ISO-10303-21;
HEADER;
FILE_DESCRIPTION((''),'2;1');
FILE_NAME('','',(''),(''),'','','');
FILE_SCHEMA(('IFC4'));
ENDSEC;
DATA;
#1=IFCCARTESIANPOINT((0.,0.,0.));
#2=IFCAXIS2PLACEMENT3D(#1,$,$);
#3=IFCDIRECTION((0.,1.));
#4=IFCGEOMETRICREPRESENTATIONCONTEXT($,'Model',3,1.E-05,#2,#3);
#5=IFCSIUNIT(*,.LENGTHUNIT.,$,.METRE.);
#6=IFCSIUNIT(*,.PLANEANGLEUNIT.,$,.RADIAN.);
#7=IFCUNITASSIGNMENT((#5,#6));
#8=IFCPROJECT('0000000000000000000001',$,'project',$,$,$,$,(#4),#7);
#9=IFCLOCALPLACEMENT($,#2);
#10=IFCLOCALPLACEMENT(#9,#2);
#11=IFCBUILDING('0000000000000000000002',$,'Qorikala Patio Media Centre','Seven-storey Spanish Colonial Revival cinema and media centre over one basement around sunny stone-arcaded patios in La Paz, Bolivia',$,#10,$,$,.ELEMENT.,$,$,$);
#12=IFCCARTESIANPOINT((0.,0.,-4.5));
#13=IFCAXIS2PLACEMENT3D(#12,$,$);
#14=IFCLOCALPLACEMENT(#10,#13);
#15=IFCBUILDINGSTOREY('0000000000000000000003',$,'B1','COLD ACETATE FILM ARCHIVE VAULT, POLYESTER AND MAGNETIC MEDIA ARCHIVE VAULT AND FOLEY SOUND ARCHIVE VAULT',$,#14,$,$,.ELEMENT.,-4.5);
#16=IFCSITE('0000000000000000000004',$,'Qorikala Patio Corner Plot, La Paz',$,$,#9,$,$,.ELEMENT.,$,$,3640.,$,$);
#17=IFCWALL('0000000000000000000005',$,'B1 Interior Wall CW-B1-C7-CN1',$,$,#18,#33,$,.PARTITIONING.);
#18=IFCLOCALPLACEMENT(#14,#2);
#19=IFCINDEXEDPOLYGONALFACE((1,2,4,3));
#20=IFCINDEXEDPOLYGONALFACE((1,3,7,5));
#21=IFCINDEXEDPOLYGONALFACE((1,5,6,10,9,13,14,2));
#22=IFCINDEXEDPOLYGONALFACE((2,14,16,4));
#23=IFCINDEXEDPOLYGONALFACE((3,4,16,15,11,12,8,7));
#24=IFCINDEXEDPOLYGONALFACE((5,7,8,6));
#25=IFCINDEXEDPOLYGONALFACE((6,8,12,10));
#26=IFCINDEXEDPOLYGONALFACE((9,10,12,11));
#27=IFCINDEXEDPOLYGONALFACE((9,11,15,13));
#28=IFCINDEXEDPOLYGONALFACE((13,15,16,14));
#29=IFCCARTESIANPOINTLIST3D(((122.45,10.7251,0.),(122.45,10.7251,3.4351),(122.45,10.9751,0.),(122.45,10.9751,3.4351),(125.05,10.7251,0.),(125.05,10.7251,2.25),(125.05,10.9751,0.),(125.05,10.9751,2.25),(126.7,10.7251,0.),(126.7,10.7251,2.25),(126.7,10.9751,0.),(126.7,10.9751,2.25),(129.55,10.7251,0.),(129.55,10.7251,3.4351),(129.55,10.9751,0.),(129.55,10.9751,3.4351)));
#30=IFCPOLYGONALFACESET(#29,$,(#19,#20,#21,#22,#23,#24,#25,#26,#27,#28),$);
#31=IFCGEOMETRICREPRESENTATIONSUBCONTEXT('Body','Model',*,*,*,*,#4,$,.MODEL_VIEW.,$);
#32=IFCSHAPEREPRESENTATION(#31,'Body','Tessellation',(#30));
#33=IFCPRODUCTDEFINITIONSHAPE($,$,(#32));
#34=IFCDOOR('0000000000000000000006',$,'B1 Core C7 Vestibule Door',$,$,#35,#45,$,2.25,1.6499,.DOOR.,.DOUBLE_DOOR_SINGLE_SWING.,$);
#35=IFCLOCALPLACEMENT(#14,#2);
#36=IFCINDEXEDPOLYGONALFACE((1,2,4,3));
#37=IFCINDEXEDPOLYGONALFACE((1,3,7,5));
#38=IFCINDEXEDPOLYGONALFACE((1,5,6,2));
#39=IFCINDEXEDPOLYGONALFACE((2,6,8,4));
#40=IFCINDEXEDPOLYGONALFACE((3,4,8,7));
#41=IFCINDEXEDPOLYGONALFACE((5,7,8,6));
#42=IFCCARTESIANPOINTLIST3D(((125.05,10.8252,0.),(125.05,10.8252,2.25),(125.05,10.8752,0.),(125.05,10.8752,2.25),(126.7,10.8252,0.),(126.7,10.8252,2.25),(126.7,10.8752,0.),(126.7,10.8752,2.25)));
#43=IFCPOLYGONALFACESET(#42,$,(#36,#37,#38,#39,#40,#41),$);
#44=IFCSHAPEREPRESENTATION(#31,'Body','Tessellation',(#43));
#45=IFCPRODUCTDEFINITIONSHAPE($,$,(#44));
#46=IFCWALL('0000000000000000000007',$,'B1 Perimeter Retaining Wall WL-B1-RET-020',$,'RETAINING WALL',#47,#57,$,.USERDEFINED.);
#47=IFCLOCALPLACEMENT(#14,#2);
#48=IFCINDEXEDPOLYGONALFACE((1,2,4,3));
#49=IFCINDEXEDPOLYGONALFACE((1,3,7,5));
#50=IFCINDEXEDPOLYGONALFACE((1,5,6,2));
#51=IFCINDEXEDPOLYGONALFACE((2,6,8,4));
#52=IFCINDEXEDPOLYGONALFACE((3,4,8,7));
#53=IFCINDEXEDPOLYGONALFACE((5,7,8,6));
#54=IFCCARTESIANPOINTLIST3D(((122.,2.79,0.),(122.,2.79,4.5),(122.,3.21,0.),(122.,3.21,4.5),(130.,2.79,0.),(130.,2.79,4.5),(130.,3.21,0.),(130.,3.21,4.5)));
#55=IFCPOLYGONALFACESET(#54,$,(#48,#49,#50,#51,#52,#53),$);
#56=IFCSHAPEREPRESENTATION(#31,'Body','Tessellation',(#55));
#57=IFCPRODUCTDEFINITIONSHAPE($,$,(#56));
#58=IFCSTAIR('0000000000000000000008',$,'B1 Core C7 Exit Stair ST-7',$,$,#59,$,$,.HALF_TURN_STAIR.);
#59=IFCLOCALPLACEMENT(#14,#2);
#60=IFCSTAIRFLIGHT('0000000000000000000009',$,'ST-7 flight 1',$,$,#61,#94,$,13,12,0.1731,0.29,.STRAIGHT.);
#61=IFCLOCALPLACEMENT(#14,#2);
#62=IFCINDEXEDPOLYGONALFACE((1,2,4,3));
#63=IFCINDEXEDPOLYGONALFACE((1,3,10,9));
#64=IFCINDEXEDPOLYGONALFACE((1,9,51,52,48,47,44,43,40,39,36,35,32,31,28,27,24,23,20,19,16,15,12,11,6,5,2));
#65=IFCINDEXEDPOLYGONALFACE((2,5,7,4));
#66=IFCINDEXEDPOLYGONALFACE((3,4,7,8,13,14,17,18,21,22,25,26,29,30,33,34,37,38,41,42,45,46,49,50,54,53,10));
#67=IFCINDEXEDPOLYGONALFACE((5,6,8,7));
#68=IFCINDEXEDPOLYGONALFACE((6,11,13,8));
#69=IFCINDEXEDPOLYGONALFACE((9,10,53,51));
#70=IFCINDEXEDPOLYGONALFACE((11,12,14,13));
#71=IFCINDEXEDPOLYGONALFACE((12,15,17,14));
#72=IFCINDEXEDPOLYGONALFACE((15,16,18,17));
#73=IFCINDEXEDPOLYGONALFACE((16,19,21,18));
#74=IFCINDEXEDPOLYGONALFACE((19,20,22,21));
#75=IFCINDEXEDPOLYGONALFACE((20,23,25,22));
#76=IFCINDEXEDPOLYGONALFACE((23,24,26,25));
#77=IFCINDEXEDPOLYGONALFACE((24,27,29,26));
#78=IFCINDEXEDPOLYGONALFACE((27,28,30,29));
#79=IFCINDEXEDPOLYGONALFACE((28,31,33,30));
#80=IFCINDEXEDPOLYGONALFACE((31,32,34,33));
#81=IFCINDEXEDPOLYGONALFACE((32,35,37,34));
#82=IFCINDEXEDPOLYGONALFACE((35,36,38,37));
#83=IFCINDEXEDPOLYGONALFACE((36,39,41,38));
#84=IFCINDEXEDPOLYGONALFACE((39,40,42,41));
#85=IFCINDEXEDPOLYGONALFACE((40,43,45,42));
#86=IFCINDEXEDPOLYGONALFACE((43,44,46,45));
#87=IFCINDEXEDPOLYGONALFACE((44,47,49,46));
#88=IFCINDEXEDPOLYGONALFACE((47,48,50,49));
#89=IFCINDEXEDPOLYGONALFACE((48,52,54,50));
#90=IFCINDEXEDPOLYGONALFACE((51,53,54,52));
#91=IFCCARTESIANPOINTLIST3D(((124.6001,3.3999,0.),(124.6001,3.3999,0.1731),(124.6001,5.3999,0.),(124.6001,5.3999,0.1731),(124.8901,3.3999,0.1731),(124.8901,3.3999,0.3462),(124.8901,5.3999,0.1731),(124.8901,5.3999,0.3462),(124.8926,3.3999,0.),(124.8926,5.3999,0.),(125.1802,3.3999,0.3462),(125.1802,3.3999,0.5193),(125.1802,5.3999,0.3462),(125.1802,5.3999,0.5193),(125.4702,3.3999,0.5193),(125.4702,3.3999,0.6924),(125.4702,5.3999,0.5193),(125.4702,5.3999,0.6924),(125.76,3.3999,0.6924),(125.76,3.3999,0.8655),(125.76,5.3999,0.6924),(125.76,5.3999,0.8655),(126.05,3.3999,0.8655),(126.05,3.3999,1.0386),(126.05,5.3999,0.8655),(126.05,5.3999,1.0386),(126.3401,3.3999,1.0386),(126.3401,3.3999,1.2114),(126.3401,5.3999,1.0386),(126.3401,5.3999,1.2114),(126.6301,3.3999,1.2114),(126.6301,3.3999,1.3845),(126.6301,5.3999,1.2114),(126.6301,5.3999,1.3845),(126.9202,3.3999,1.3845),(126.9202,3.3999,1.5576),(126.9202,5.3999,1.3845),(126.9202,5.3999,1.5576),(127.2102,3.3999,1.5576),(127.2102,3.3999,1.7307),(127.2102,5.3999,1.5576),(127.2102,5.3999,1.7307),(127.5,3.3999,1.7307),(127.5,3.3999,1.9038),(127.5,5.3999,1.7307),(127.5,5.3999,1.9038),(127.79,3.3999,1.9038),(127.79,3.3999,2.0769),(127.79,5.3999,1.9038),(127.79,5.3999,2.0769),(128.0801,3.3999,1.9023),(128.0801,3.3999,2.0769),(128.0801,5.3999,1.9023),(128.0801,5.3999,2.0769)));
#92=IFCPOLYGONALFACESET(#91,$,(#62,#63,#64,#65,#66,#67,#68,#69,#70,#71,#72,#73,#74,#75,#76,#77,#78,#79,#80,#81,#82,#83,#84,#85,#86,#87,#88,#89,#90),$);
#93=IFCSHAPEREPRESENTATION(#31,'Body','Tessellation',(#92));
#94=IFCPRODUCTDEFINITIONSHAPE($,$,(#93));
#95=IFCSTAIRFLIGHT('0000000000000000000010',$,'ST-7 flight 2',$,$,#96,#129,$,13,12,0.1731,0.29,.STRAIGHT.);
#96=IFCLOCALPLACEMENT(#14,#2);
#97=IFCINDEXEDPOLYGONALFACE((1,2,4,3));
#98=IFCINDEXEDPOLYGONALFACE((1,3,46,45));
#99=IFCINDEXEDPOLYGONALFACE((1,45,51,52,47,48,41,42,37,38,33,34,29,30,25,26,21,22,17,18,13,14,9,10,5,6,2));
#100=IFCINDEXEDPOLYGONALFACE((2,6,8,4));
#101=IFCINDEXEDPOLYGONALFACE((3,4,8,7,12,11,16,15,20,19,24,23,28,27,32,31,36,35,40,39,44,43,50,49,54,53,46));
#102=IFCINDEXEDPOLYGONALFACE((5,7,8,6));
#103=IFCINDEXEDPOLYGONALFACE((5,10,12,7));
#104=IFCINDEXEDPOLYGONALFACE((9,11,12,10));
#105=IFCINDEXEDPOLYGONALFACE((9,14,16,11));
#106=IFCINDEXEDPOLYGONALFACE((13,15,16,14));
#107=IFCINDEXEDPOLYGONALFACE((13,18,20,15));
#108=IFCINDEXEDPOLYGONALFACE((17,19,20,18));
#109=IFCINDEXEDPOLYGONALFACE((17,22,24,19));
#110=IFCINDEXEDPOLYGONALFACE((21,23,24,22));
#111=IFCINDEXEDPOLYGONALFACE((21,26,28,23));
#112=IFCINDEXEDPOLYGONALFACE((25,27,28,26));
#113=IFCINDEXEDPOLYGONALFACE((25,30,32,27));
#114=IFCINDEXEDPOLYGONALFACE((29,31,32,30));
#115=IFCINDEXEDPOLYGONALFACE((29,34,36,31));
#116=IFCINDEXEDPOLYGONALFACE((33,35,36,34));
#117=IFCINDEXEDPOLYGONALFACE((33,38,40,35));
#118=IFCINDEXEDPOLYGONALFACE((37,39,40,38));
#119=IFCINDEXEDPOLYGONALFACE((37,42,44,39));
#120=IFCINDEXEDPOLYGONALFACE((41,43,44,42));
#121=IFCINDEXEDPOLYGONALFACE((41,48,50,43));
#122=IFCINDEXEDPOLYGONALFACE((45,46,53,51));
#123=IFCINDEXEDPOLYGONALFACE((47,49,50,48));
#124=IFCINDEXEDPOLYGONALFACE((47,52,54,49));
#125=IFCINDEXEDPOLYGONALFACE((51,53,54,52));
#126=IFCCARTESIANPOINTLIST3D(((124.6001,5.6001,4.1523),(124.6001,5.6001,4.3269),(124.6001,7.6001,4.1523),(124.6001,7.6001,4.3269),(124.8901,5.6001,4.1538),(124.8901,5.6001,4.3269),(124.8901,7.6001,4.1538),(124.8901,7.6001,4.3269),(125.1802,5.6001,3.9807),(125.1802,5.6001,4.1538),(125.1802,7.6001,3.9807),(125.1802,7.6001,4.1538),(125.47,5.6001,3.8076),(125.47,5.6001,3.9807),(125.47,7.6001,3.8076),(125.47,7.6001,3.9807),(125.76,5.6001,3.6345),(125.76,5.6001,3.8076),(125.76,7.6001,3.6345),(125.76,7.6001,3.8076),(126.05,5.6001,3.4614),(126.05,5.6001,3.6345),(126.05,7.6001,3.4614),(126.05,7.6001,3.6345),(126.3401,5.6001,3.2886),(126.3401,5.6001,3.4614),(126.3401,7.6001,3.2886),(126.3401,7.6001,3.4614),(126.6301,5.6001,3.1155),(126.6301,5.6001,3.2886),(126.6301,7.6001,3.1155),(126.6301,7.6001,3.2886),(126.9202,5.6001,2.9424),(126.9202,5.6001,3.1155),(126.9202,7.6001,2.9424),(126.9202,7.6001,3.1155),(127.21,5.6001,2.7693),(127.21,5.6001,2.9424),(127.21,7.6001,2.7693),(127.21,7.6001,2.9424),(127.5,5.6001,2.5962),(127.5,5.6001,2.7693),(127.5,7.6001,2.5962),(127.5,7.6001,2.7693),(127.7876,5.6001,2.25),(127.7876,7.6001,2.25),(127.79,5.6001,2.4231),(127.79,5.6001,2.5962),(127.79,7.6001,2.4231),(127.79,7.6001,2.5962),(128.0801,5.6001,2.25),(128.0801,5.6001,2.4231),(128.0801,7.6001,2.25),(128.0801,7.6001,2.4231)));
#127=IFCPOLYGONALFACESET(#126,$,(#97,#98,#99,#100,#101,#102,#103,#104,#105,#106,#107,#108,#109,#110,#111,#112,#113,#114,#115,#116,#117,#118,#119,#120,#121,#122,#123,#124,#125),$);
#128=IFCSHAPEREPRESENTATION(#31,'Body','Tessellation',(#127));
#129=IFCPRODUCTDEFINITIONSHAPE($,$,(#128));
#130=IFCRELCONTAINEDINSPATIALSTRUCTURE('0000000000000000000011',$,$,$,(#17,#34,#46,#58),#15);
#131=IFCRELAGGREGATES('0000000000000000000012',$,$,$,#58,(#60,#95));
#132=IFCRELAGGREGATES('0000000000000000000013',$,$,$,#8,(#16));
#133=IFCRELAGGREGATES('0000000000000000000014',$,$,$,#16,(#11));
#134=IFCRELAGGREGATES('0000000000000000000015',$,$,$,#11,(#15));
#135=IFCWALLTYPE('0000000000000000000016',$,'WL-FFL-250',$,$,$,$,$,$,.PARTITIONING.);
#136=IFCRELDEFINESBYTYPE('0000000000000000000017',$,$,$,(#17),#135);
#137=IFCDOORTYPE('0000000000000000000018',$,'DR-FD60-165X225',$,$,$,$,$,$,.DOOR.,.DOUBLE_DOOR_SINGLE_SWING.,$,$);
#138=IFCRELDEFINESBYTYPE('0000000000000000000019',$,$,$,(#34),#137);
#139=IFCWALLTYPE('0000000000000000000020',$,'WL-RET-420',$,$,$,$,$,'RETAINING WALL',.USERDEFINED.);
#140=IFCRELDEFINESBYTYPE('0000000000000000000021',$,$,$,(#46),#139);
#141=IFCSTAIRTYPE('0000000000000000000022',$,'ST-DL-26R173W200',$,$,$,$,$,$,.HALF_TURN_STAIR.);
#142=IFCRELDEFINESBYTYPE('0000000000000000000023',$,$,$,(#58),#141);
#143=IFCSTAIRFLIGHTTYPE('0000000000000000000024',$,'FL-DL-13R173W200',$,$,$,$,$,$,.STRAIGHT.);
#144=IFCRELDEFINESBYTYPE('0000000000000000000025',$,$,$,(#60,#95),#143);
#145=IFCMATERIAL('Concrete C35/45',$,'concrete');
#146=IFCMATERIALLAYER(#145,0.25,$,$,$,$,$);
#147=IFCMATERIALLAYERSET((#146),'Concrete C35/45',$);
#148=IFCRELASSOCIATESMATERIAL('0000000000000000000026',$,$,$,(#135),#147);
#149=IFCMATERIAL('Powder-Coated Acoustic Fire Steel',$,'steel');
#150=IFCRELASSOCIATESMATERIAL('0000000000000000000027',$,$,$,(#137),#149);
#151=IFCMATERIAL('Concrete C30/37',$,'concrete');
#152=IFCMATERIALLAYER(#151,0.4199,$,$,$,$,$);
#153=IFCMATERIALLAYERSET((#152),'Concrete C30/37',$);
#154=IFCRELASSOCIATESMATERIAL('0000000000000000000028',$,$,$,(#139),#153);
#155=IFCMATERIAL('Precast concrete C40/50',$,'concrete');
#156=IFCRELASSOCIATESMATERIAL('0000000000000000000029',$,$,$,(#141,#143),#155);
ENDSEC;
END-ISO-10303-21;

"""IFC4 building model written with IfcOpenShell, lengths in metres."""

from ifc_helpers import new_model, si_unit, direction, frame, frame_2d, origin, place, context, subcontext, project, spatial, polyline, rectangle, outline, extrude, material, layer, layer_set, type_object, element, fill, aggregate, save


model = new_model("IFC4")

# Units and contexts
model_context = context("Model", 3, precision=1e-05, world=origin(), true_north=direction((0.0, 1.0)))
body_context = subcontext(model_context, "Body", "Model", "MODEL_VIEW")
ifc_project = project(units=[si_unit("LENGTHUNIT", "METRE"), si_unit("PLANEANGLEUNIT", "RADIAN")], contexts=[model_context])

# Site, building, storey
site_placement = place(None, origin())
site = spatial("IfcSite", under=ifc_project, at=site_placement, Name="Qorikala Patio Corner Plot, La Paz", CompositionType="ELEMENT", RefElevation=3640.0)
building_placement = place(site_placement, origin())
building = spatial("IfcBuilding", under=site, at=building_placement, Name="Qorikala Patio Media Centre", Description="Seven-storey Spanish Colonial Revival cinema and media centre over one basement around sunny stone-arcaded patios in La Paz, Bolivia", CompositionType="ELEMENT")
storey_placement = place(building_placement, frame((0.0, 0.0, -4.5)))
storey = spatial("IfcBuildingStorey", under=building, at=storey_placement, Name="B1", Description="COLD ACETATE FILM ARCHIVE VAULT, POLYESTER AND MAGNETIC MEDIA ARCHIVE VAULT AND FOLEY SOUND ARCHIVE VAULT", CompositionType="ELEMENT", Elevation=-4.5)

# Shared definitions
ifc_material_1 = material(Name="Concrete C30/37", Category="concrete")

# Shared definitions
ifc_material_2 = material(Name="Concrete C35/45", Category="concrete")

# Wall, opening, door
ifc_material_3 = material(Name="Powder-Coated Acoustic Fire Steel", Category="steel")
ifc_layer_1 = layer(ifc_material_2, 0.25)
ifc_layer_set_1 = layer_set([ifc_layer_1], Name="Concrete C35/45")
wall_type_1 = type_object("IfcWallType", Name="WL-FFL-250", PredefinedType="PARTITIONING", material=ifc_layer_set_1)
wall_1_placement = place(storey_placement, frame((122.45, 10.8501, 0.0), z_axis=(0.0, 0.0, 1.0), x_axis=(1.0, 0.0, 0.0)))
wall_1 = element("IfcWall", 1, at=wall_1_placement, inside=storey, type_object=wall_type_1, Name="B1 Interior Wall CW-B1-C7-CN1", PredefinedType="PARTITIONING", context=body_context, shape_type="SweptSolid", body=[
    extrude(rectangle(XDim=7.1001, YDim=0.25, at=frame_2d((3.55, 0.0))), origin(), (0.0, 0.0, 1.0), 3.4351),
])
opening_1_placement = place(wall_1_placement, frame((2.6001, 0.0, 0.0)))
opening_1 = element("IfcOpeningElement", 2, at=opening_1_placement, cuts=wall_1, PredefinedType="OPENING", context=body_context, shape_type="SweptSolid", body=[
    extrude(rectangle(XDim=1.6499, YDim=2.25, at=frame_2d((0.825, 1.125))), frame((0.0, 0.135, 0.0), z_axis=(0.0, -1.0, 0.0), x_axis=(1.0, 0.0, 0.0)), (0.0, 0.0, 1.0), 0.27),
])
door_type_1 = type_object("IfcDoorType", Name="DR-FD60-165X225", OperationType="DOUBLE_DOOR_SINGLE_SWING", PredefinedType="DOOR", material=ifc_material_3)
door_1_placement = place(opening_1_placement, frame((1.6499, 0.0, 0.0), z_axis=(0.0, 0.0, 1.0), x_axis=(-1.0, 0.0, 0.0)))
door_1 = element("IfcDoor", 3, at=door_1_placement, inside=storey, type_object=door_type_1, Name="B1 Core C7 Vestibule Door", OperationType="DOUBLE_DOOR_SINGLE_SWING", OverallHeight=2.25, OverallWidth=1.6499, PredefinedType="DOOR", context=body_context, shape_type="SweptSolid", body=[
    extrude(rectangle(XDim=1.6499, YDim=2.25, at=frame_2d((0.825, 1.125))), frame((0.0, 0.0249, 0.0), z_axis=(0.0, -1.0, 0.0), x_axis=(1.0, 0.0, 0.0)), (0.0, 0.0, 1.0), 0.05),
])
fill(opening_1, door_1)

# Wall
ifc_layer_2 = layer(ifc_material_1, 0.4199)
ifc_layer_set_2 = layer_set([ifc_layer_2], Name="Concrete C30/37")
wall_type_2 = type_object("IfcWallType", Name="WL-RET-420", ElementType="RETAINING WALL", PredefinedType="USERDEFINED", material=ifc_layer_set_2)
wall_2_placement = place(storey_placement, frame((130.0, 3.0, 0.0), z_axis=(0.0, 0.0, 1.0), x_axis=(-1.0, 0.0, 0.0)))
element("IfcWall", 4, at=wall_2_placement, inside=storey, type_object=wall_type_2, Name="B1 Perimeter Retaining Wall WL-B1-RET-020", ObjectType="RETAINING WALL", PredefinedType="USERDEFINED", context=body_context, shape_type="SweptSolid", body=[
    extrude(rectangle(XDim=8.0, YDim=0.4199, at=frame_2d((4.0, 0.0))), origin(), (0.0, 0.0, 1.0), 4.5),
])

# Stair, stair flights
ifc_material_4 = material(Name="Precast concrete C40/50", Category="concrete")
stair_type = type_object("IfcStairType", Name="ST-DL-26R173W200", PredefinedType="HALF_TURN_STAIR", material=ifc_material_4)
stair_placement = place(storey_placement, origin())
stair = element("IfcStair", 5, at=stair_placement, inside=storey, type_object=stair_type, Name="B1 Core C7 Exit Stair ST-7", PredefinedType="HALF_TURN_STAIR")
stair_flight_type = type_object("IfcStairFlightType", Name="FL-DL-13R173W200", PredefinedType="STRAIGHT", material=ifc_material_4)
stair_flight_1_placement = place(storey_placement, frame((124.6001, 4.3999, 0.0), z_axis=(0.0, 0.0, 1.0), x_axis=(1.0, 0.0, 0.0)))
stair_flight_1 = element("IfcStairFlight", 6, at=stair_flight_1_placement, type_object=stair_flight_type, Name="ST-7 flight 1", NumberOfRisers=13, NumberOfTreads=12, PredefinedType="STRAIGHT", RiserHeight=0.1731, TreadLength=0.29, context=body_context, shape_type="SweptSolid", body=[
    extrude(outline(polyline([(0.0, 0.0), (0.0, 0.1731), (0.29, 0.1731), (0.29, 0.3462), (0.5801, 0.3462), (0.5801, 0.5193), (0.8701, 0.5193), (0.8701, 0.6924), (1.1599, 0.6924), (1.1599, 0.8655), (1.45, 0.8655), (1.45, 1.0386), (1.74, 1.0386), (1.74, 1.2114), (2.03, 1.2114), (2.03, 1.3845), (2.3201, 1.3845), (2.3201, 1.5576), (2.6101, 1.5576), (2.6101, 1.7307), (2.8999, 1.7307), (2.8999, 1.9038), (3.1899, 1.9038), (3.1899, 2.0769), (3.48, 2.0769), (3.48, 2.25), (3.48, 1.9023), (0.2925, 0.0), (0.0, 0.0)])), frame((0.0, 1.0, 0.0), z_axis=(0.0, -1.0, 0.0), x_axis=(1.0, 0.0, 0.0)), (0.0, 0.0, 1.0), 2.0),
])
stair_flight_2_placement = place(storey_placement, frame((128.0801, 6.6001, 2.25), z_axis=(0.0, 0.0, 1.0), x_axis=(-1.0, 0.0, 0.0)))
stair_flight_2 = element("IfcStairFlight", 7, at=stair_flight_2_placement, type_object=stair_flight_type, Name="ST-7 flight 2", NumberOfRisers=13, NumberOfTreads=12, PredefinedType="STRAIGHT", RiserHeight=0.1731, TreadLength=0.29, context=body_context, shape_type="SweptSolid", body=[
    extrude(outline(polyline([(0.0, 0.0), (0.0, 0.1731), (0.29, 0.1731), (0.29, 0.3462), (0.5801, 0.3462), (0.5801, 0.5193), (0.8701, 0.5193), (0.8701, 0.6924), (1.1599, 0.6924), (1.1599, 0.8655), (1.45, 0.8655), (1.45, 1.0386), (1.74, 1.0386), (1.74, 1.2114), (2.03, 1.2114), (2.03, 1.3845), (2.3201, 1.3845), (2.3201, 1.5576), (2.6101, 1.5576), (2.6101, 1.7307), (2.8999, 1.7307), (2.8999, 1.9038), (3.1899, 1.9038), (3.1899, 2.0769), (3.48, 2.0769), (3.48, 2.25), (3.48, 1.9023), (0.2925, 0.0), (0.0, 0.0)])), frame((0.0, 1.0, 0.0), z_axis=(0.0, -1.0, 0.0), x_axis=(1.0, 0.0, 0.0)), (0.0, 0.0, 1.0), 2.0),
])
aggregate(stair, [stair_flight_1, stair_flight_2])

save(model, "model.ifc")
